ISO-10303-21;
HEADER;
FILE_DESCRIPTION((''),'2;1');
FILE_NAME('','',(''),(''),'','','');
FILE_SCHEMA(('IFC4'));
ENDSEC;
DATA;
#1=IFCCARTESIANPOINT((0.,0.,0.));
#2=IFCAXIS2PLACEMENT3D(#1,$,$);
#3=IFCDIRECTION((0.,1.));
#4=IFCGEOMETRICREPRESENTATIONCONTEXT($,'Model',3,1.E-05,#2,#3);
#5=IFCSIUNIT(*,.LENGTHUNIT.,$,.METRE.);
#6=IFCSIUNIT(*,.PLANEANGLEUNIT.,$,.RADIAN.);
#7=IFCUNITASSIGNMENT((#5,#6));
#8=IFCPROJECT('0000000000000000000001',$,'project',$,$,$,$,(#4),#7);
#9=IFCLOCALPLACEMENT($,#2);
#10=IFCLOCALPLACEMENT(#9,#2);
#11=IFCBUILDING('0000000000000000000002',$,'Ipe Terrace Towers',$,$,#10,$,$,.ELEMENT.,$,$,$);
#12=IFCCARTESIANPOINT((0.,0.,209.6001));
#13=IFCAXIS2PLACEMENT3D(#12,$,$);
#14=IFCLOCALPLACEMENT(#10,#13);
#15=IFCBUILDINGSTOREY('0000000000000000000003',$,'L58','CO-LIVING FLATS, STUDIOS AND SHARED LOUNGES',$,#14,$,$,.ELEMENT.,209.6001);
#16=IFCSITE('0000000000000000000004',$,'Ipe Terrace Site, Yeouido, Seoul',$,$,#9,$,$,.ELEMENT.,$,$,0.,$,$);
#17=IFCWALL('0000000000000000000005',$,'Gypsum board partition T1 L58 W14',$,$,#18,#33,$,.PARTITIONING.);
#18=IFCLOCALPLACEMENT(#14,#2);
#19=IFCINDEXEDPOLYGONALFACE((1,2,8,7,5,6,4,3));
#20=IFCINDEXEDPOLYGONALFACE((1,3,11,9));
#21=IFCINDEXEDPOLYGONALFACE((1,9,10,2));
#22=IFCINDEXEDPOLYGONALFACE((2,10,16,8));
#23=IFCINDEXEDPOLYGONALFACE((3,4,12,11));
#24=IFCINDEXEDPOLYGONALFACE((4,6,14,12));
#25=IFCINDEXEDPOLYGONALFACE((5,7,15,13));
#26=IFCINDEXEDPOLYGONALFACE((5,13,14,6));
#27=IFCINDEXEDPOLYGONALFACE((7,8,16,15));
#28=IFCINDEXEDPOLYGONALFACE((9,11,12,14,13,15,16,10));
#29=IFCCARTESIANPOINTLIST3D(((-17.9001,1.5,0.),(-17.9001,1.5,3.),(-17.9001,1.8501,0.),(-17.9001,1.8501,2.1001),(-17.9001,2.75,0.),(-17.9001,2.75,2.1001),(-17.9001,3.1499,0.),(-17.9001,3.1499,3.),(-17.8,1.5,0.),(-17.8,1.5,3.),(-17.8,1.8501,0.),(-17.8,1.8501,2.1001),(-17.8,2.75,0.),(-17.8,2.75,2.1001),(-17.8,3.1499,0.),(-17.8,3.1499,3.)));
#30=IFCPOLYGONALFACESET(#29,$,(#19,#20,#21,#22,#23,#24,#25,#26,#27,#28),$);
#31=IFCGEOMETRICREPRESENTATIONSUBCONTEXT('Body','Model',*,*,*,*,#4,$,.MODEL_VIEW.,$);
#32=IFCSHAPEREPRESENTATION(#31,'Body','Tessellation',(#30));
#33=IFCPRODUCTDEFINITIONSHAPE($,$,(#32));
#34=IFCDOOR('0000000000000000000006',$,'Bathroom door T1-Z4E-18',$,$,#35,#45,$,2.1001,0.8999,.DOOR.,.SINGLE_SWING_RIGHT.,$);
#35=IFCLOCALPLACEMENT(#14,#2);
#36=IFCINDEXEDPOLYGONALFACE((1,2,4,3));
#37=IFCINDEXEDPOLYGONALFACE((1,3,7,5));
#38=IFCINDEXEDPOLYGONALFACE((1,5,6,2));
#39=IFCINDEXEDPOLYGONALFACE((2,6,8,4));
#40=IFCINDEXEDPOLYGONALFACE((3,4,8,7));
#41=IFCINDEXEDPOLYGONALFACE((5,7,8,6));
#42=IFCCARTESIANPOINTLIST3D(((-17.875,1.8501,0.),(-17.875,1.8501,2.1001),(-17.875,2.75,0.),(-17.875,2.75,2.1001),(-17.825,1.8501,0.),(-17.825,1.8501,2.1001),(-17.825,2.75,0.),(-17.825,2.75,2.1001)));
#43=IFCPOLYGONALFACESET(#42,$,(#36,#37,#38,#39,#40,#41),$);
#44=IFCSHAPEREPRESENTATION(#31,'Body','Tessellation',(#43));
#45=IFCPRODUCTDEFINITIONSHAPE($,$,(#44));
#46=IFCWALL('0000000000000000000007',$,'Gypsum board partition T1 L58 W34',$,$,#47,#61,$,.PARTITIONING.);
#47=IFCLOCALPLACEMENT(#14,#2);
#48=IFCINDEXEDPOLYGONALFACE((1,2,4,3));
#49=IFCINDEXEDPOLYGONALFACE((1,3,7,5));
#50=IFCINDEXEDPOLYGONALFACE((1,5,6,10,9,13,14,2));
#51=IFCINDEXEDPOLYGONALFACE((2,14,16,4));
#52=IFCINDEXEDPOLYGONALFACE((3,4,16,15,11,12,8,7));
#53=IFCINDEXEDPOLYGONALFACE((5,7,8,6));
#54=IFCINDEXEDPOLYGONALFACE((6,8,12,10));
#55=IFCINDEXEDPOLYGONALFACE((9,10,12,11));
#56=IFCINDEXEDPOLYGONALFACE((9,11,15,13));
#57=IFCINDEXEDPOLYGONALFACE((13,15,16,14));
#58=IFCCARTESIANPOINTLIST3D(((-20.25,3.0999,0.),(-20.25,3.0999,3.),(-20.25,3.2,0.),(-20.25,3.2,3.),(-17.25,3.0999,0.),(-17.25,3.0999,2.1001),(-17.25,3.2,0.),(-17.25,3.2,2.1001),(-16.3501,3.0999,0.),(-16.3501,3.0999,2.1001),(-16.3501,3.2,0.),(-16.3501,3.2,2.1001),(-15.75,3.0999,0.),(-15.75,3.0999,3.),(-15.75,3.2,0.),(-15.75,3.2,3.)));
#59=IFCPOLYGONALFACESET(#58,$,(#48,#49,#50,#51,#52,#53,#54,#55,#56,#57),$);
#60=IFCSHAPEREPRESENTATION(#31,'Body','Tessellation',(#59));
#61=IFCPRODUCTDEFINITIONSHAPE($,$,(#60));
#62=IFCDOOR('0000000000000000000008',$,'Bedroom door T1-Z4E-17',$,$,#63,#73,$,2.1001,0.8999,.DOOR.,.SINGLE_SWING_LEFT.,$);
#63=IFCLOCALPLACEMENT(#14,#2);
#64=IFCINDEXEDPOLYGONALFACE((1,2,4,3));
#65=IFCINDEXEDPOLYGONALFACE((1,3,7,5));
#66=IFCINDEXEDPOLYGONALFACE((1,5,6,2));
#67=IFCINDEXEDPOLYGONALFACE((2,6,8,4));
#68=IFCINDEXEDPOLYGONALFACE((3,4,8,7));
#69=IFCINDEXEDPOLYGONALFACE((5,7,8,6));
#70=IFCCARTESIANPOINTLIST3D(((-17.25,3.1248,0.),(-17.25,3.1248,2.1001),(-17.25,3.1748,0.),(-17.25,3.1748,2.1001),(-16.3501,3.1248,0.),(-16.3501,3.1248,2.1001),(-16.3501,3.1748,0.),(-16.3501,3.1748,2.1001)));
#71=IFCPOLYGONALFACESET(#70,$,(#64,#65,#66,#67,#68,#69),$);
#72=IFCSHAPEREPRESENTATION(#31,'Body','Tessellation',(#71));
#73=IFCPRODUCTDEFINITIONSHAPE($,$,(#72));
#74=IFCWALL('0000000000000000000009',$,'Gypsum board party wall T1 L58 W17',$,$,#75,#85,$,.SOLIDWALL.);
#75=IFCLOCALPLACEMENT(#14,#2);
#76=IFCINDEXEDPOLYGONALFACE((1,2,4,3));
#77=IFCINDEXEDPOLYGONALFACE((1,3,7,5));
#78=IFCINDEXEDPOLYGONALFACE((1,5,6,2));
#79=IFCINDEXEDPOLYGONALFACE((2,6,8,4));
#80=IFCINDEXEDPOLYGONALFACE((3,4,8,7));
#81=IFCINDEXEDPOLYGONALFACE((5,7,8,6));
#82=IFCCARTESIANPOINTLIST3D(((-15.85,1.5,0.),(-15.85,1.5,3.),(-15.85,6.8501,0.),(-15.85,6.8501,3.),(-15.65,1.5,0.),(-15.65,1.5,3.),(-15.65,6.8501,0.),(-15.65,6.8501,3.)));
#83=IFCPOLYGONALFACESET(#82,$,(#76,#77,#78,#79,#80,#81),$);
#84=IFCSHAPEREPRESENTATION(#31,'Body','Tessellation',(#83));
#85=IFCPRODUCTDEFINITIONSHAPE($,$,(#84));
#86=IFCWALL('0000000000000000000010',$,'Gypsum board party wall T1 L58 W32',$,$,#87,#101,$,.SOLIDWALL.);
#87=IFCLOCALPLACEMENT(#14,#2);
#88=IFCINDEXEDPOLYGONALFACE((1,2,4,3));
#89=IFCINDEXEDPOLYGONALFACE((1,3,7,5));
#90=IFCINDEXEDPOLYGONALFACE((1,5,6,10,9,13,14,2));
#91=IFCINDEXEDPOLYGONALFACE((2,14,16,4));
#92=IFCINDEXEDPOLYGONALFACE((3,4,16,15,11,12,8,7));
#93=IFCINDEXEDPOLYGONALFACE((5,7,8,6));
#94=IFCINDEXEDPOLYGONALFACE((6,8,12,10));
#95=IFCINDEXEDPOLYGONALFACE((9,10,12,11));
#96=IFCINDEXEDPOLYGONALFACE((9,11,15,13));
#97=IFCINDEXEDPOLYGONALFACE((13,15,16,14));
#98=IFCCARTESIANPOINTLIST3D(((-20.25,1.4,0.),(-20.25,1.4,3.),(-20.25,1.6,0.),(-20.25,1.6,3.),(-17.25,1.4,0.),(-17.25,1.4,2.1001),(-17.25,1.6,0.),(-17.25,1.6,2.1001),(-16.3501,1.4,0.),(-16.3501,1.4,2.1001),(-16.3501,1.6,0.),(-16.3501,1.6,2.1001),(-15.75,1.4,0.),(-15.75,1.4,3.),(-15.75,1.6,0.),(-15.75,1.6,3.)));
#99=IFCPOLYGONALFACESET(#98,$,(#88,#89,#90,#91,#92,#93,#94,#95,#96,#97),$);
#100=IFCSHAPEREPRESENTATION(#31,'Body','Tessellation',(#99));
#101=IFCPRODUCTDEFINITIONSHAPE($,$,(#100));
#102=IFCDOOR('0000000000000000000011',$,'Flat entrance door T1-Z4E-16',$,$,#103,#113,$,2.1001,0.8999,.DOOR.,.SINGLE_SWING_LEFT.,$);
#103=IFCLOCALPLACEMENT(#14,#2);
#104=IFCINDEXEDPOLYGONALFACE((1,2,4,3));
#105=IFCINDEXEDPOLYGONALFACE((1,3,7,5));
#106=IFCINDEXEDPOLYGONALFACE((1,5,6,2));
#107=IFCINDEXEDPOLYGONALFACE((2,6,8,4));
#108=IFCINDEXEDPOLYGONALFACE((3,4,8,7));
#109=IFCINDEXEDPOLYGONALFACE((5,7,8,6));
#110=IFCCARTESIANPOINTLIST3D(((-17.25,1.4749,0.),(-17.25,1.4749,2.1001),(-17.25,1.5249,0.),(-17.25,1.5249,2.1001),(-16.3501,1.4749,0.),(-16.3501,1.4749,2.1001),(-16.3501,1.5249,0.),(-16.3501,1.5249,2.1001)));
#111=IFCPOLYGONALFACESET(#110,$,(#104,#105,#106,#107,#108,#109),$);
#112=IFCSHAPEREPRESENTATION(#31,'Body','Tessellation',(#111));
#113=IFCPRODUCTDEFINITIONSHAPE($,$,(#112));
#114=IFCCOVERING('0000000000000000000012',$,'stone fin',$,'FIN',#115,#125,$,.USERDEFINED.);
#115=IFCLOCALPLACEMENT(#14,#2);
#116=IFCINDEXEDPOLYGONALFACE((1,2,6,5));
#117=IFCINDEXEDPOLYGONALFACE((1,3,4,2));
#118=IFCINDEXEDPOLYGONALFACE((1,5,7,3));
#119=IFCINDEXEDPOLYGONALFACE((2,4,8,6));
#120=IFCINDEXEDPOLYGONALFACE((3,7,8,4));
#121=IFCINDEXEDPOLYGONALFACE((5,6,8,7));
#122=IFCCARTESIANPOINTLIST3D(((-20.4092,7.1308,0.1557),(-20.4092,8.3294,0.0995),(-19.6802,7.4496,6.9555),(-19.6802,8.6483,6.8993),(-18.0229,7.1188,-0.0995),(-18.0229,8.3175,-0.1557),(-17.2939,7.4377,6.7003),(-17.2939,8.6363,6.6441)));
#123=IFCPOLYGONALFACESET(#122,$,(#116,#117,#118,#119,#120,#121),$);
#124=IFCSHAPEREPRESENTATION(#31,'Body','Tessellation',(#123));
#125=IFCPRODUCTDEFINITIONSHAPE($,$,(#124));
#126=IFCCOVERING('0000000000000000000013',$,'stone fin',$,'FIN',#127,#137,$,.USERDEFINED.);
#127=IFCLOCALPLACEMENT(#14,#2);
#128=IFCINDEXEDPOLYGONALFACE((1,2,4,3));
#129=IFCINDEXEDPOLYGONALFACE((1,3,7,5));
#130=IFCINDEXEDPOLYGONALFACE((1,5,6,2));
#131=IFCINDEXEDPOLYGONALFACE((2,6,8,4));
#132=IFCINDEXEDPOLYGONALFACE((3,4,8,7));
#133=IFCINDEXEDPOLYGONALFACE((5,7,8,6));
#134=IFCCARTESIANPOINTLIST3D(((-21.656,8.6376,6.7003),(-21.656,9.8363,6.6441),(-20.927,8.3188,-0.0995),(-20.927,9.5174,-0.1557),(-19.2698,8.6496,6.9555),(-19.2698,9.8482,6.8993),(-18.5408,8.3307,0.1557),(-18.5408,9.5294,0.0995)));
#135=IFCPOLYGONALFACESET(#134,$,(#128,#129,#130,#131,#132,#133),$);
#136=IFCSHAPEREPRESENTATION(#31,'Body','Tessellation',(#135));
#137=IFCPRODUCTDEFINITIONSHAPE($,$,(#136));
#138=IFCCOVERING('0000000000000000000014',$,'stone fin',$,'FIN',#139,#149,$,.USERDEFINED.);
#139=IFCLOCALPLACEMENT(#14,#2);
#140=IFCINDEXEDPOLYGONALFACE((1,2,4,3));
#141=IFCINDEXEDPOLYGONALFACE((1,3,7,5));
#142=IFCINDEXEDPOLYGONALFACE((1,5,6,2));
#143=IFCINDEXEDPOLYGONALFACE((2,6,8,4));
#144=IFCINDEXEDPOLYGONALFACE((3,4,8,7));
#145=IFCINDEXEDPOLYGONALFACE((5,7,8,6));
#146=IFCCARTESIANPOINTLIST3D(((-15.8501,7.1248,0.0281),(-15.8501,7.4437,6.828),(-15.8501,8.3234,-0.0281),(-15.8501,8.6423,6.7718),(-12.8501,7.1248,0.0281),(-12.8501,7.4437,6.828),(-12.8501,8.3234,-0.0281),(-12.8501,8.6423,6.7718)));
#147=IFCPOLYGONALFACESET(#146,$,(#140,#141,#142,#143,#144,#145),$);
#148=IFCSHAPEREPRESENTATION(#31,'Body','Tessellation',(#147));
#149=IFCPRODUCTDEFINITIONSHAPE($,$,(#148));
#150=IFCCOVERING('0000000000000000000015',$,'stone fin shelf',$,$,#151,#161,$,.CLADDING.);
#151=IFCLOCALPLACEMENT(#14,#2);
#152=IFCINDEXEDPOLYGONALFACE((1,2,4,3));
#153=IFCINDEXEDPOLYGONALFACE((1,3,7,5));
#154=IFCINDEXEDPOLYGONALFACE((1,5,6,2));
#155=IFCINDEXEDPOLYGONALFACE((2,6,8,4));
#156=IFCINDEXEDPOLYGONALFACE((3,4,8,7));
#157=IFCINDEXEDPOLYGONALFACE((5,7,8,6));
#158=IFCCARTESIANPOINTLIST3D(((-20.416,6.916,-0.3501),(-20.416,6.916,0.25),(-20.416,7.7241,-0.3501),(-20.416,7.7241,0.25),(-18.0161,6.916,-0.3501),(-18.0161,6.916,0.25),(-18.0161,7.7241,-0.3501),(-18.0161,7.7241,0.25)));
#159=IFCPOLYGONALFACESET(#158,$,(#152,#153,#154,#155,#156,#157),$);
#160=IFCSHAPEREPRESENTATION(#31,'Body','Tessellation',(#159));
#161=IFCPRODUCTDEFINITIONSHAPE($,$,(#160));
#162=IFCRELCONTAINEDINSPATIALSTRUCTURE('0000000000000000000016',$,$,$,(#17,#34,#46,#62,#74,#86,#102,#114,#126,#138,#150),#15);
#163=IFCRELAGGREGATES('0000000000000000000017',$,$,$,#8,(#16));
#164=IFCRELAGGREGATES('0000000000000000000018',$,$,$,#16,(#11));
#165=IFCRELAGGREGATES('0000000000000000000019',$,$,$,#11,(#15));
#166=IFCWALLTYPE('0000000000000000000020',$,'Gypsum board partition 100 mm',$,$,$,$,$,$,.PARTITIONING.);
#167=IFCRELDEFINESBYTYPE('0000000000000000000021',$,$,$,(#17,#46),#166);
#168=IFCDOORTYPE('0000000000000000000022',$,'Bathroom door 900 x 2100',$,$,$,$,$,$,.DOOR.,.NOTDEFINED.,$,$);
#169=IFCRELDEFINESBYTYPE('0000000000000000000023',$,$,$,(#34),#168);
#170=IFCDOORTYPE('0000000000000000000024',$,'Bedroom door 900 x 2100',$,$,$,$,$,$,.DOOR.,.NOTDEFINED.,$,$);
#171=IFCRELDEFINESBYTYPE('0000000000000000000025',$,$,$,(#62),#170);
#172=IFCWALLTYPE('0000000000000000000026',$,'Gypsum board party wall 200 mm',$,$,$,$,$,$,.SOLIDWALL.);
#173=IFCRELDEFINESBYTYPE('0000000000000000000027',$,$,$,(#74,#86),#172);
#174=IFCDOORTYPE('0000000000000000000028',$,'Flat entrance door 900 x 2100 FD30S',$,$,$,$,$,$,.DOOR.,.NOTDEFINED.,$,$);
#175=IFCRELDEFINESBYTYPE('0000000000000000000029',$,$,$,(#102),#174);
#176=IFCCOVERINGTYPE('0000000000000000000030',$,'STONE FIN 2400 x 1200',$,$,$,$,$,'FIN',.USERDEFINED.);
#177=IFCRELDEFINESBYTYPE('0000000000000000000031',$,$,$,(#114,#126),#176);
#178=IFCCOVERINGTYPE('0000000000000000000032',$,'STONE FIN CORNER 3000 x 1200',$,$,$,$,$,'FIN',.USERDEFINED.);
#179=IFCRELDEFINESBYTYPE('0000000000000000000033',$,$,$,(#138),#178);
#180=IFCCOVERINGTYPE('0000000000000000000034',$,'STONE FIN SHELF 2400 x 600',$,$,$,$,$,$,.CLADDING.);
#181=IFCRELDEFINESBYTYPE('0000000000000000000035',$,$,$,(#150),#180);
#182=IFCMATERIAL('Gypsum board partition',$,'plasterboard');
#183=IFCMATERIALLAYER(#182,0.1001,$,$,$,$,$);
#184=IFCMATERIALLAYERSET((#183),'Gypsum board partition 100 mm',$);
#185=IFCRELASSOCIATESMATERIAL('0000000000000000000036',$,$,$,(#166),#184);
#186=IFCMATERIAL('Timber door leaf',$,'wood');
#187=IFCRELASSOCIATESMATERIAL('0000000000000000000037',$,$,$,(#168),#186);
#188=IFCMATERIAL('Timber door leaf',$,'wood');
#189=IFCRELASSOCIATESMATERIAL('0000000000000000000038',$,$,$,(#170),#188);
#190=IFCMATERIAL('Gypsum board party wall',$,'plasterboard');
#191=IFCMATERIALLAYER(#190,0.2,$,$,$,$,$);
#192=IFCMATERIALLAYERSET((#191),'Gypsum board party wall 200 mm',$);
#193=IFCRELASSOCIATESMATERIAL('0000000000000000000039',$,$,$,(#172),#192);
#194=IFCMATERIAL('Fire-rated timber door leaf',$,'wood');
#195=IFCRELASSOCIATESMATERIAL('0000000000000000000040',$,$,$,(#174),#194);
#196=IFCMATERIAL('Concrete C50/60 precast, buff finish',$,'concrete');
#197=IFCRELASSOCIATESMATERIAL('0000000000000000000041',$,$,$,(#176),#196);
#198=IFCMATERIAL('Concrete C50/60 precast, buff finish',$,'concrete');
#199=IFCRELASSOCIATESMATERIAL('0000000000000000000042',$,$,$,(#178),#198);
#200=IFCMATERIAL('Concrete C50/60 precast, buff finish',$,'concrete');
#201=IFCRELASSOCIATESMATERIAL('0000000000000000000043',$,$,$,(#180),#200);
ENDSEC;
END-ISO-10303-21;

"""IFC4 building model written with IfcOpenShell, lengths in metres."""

from ifc_helpers import new_model, si_unit, direction, frame, frame_2d, origin, origin_2d, place, context, subcontext, project, spatial, rectangle, extrude, material, layer, layer_set, material_profile, profile_set, type_object, element, fill, save


model = new_model("IFC4")

# Units and contexts
model_context = context("Model", 3, precision=1e-05, world=origin(), true_north=direction((0.0, 1.0)))
body_context = subcontext(model_context, "Body", "Model", "MODEL_VIEW")
ifc_project = project(units=[si_unit("LENGTHUNIT", "METRE"), si_unit("PLANEANGLEUNIT", "RADIAN")], contexts=[model_context])

# Site, building, storey
site_placement = place(None, origin())
site = spatial("IfcSite", under=ifc_project, at=site_placement, Name="Ipe Terrace Site, Yeouido, Seoul", CompositionType="ELEMENT", RefElevation=0.0)
building_placement = place(site_placement, origin())
building = spatial("IfcBuilding", under=site, at=building_placement, Name="Ipe Terrace Towers", CompositionType="ELEMENT")
storey_placement = place(building_placement, frame((0.0, 0.0, 209.6001)))
storey = spatial("IfcBuildingStorey", under=building, at=storey_placement, Name="L58", Description="CO-LIVING FLATS, STUDIOS AND SHARED LOUNGES", CompositionType="ELEMENT", Elevation=209.6001)

# Walls, openings, doors
ifc_material_1 = material(Name="Gypsum board partition", Category="plasterboard")
ifc_layer_1 = layer(ifc_material_1, 0.1001)
ifc_layer_set_1 = layer_set([ifc_layer_1], Name="Gypsum board partition 100 mm")
wall_type_1 = type_object("IfcWallType", Name="Gypsum board partition 100 mm", PredefinedType="PARTITIONING", material=ifc_layer_set_1)
wall_1_placement = place(storey_placement, frame((-17.8501, 1.5, 0.0), z_axis=(0.0, 0.0, 1.0), x_axis=(0.0, 1.0, 0.0)))
wall_1 = element("IfcWall", 1, at=wall_1_placement, inside=storey, type_object=wall_type_1, Name="Gypsum board partition T1 L58 W14", PredefinedType="PARTITIONING", context=body_context, shape_type="SweptSolid", body=[
    extrude(rectangle(XDim=1.6499, YDim=0.1001, at=frame_2d((0.825, 0.0))), origin(), (0.0, 0.0, 1.0), 3.0),
])
opening_1_placement = place(wall_1_placement, frame((0.3501, 0.0, 0.0)))
opening_1 = element("IfcOpeningElement", 2, at=opening_1_placement, cuts=wall_1, PredefinedType="OPENING", context=body_context, shape_type="SweptSolid", body=[
    extrude(rectangle(XDim=0.8999, YDim=2.1001, at=frame_2d((0.45, 1.05))), frame((0.0, 0.0601, 0.0), z_axis=(0.0, -1.0, 0.0), x_axis=(1.0, 0.0, 0.0)), (0.0, 0.0, 1.0), 0.1201),
])
ifc_material_2 = material(Name="Timber door leaf", Category="wood")
door_type_1 = type_object("IfcDoorType", Name="Bathroom door 900 x 2100", OperationType="NOTDEFINED", PredefinedType="DOOR", material=ifc_material_2)
door_1_placement = place(opening_1_placement, origin())
door_1 = element("IfcDoor", 3, at=door_1_placement, inside=storey, type_object=door_type_1, Name="Bathroom door T1-Z4E-18", OperationType="SINGLE_SWING_RIGHT", OverallHeight=2.1001, OverallWidth=0.8999, PredefinedType="DOOR", context=body_context, shape_type="SweptSolid", body=[
    extrude(rectangle(XDim=0.8999, YDim=2.1001, at=frame_2d((0.45, 1.05))), frame((0.0, 0.0249, 0.0), z_axis=(0.0, -1.0, 0.0), x_axis=(1.0, 0.0, 0.0)), (0.0, 0.0, 1.0), 0.05),
])
fill(opening_1, door_1)
wall_2_placement = place(storey_placement, frame((-20.25, 3.1499, 0.0), z_axis=(0.0, 0.0, 1.0), x_axis=(1.0, 0.0, 0.0)))
wall_2 = element("IfcWall", 4, at=wall_2_placement, inside=storey, type_object=wall_type_1, Name="Gypsum board partition T1 L58 W34", PredefinedType="PARTITIONING", context=body_context, shape_type="SweptSolid", body=[
    extrude(rectangle(XDim=4.5, YDim=0.1001, at=frame_2d((2.25, 0.0))), origin(), (0.0, 0.0, 1.0), 3.0),
])
opening_2_placement = place(wall_2_placement, frame((3.0, 0.0, 0.0)))
opening_2 = element("IfcOpeningElement", 5, at=opening_2_placement, cuts=wall_2, PredefinedType="OPENING", context=body_context, shape_type="SweptSolid", body=[
    extrude(rectangle(XDim=0.8999, YDim=2.1001, at=frame_2d((0.45, 1.05))), frame((0.0, 0.0601, 0.0), z_axis=(0.0, -1.0, 0.0), x_axis=(1.0, 0.0, 0.0)), (0.0, 0.0, 1.0), 0.1201),
])
ifc_material_3 = material(Name="Timber door leaf", Category="wood")
door_type_2 = type_object("IfcDoorType", Name="Bedroom door 900 x 2100", OperationType="NOTDEFINED", PredefinedType="DOOR", material=ifc_material_3)
door_2_placement = place(opening_2_placement, origin())
door_2 = element("IfcDoor", 6, at=door_2_placement, inside=storey, type_object=door_type_2, Name="Bedroom door T1-Z4E-17", OperationType="SINGLE_SWING_LEFT", OverallHeight=2.1001, OverallWidth=0.8999, PredefinedType="DOOR", context=body_context, shape_type="SweptSolid", body=[
    extrude(rectangle(XDim=0.8999, YDim=2.1001, at=frame_2d((0.45, 1.05))), frame((0.0, 0.0249, 0.0), z_axis=(0.0, -1.0, 0.0), x_axis=(1.0, 0.0, 0.0)), (0.0, 0.0, 1.0), 0.05),
])
fill(opening_2, door_2)

# Wall
ifc_material_4 = material(Name="Gypsum board party wall", Category="plasterboard")
ifc_layer_2 = layer(ifc_material_4, 0.2)
ifc_layer_set_2 = layer_set([ifc_layer_2], Name="Gypsum board party wall 200 mm")
wall_type_2 = type_object("IfcWallType", Name="Gypsum board party wall 200 mm", PredefinedType="SOLIDWALL", material=ifc_layer_set_2)
wall_3_placement = place(storey_placement, frame((-15.75, 1.5, 0.0), z_axis=(0.0, 0.0, 1.0), x_axis=(0.0, 1.0, 0.0)))
element("IfcWall", 7, at=wall_3_placement, inside=storey, type_object=wall_type_2, Name="Gypsum board party wall T1 L58 W17", PredefinedType="SOLIDWALL", context=body_context, shape_type="SweptSolid", body=[
    extrude(rectangle(XDim=5.3501, YDim=0.2, at=frame_2d((2.675, 0.0))), origin(), (0.0, 0.0, 1.0), 3.0),
])

# Wall, opening, door
wall_4_placement = place(storey_placement, frame((-20.25, 1.5, 0.0), z_axis=(0.0, 0.0, 1.0), x_axis=(1.0, 0.0, 0.0)))
wall_4 = element("IfcWall", 8, at=wall_4_placement, inside=storey, type_object=wall_type_2, Name="Gypsum board party wall T1 L58 W32", PredefinedType="SOLIDWALL", context=body_context, shape_type="SweptSolid", body=[
    extrude(rectangle(XDim=4.5, YDim=0.2, at=frame_2d((2.25, 0.0))), origin(), (0.0, 0.0, 1.0), 3.0),
])
opening_3_placement = place(wall_4_placement, frame((3.0, 0.0, 0.0)))
opening_3 = element("IfcOpeningElement", 9, at=opening_3_placement, cuts=wall_4, PredefinedType="OPENING", context=body_context, shape_type="SweptSolid", body=[
    extrude(rectangle(XDim=0.8999, YDim=2.1001, at=frame_2d((0.45, 1.05))), frame((0.0, 0.1099, 0.0), z_axis=(0.0, -1.0, 0.0), x_axis=(1.0, 0.0, 0.0)), (0.0, 0.0, 1.0), 0.22),
])
ifc_material_5 = material(Name="Fire-rated timber door leaf", Category="wood")
door_type_3 = type_object("IfcDoorType", Name="Flat entrance door 900 x 2100 FD30S", OperationType="NOTDEFINED", PredefinedType="DOOR", material=ifc_material_5)
door_3_placement = place(opening_3_placement, origin())
door_3 = element("IfcDoor", 10, at=door_3_placement, inside=storey, type_object=door_type_3, Name="Flat entrance door T1-Z4E-16", OperationType="SINGLE_SWING_LEFT", OverallHeight=2.1001, OverallWidth=0.8999, PredefinedType="DOOR", context=body_context, shape_type="SweptSolid", body=[
    extrude(rectangle(XDim=0.8999, YDim=2.1001, at=frame_2d((0.45, 1.05))), frame((0.0, 0.0249, 0.0), z_axis=(0.0, -1.0, 0.0), x_axis=(1.0, 0.0, 0.0)), (0.0, 0.0, 1.0), 0.05),
])
fill(opening_3, door_3)

# Coverings
ifc_material_6 = material(Name="Concrete C50/60 precast, buff finish", Category="concrete")
ifc_material_profile_1 = material_profile(ifc_material_6, rectangle(XDim=2.3999, YDim=1.2, at=origin_2d()), Name="STONE FIN 2400 x 1200")
ifc_profile_set_1 = profile_set([ifc_material_profile_1], Name="Concrete C50/60 precast, buff finish")
covering_type_1 = type_object("IfcCoveringType", Name="STONE FIN 2400 x 1200", ElementType="FIN", PredefinedType="USERDEFINED", material=ifc_profile_set_1)
for number, where, z_axis, x_axis, name in (
    (11, (-19.2161, 7.7241, 0.0), (0.106483, 0.046573, 0.993223), (-0.994315, 0.004988, 0.106366), "stone fin"),
    (12, (-19.7339, 8.9241, 0.0), (-0.106483, 0.046573, 0.993223), (-0.994315, -0.004988, -0.106366), "stone fin"),
):
    element("IfcCovering", number, at=place(storey_placement, frame(where, z_axis=z_axis, x_axis=x_axis)), inside=storey, type_object=covering_type_1, Name=name, ObjectType="FIN", PredefinedType="USERDEFINED", context=body_context, shape_type="SweptSolid", body=[
        extrude(rectangle(XDim=2.3999, YDim=1.2, at=origin_2d()), origin(), (0.0, 0.0, 1.0), 6.8462),
    ])
ifc_material_7 = material(Name="Concrete C50/60 precast, buff finish", Category="concrete")
ifc_material_profile_2 = material_profile(ifc_material_7, rectangle(XDim=3.0, YDim=1.2, at=origin_2d()), Name="STONE FIN CORNER 3000 x 1200")
ifc_profile_set_2 = profile_set([ifc_material_profile_2], Name="Concrete C50/60 precast, buff finish")
covering_type_2 = type_object("IfcCoveringType", Name="STONE FIN CORNER 3000 x 1200", ElementType="FIN", PredefinedType="USERDEFINED", material=ifc_profile_set_2)
covering_1_placement = place(storey_placement, frame((-14.3501, 7.7241, 0.0), z_axis=(0.0, 0.046839, 0.998902), x_axis=(-1.0, 0.0, 0.0)))
element("IfcCovering", 13, at=covering_1_placement, inside=storey, type_object=covering_type_2, Name="stone fin", ObjectType="FIN", PredefinedType="USERDEFINED", context=body_context, shape_type="SweptSolid", body=[
    extrude(rectangle(XDim=3.0, YDim=1.2, at=origin_2d()), origin(), (0.0, 0.0, 1.0), 6.8074),
])
ifc_material_8 = material(Name="Concrete C50/60 precast, buff finish", Category="concrete")
covering_type_3 = type_object("IfcCoveringType", Name="STONE FIN SHELF 2400 x 600", PredefinedType="CLADDING", material=ifc_material_8)
covering_2_placement = place(storey_placement, frame((-19.2161, 7.3201, -0.3501), z_axis=(0.0, 0.0, 1.0), x_axis=(-1.0, 0.0, 0.0)))
element("IfcCovering", 14, at=covering_2_placement, inside=storey, type_object=covering_type_3, Name="stone fin shelf", PredefinedType="CLADDING", context=body_context, shape_type="SweptSolid", body=[
    extrude(rectangle(XDim=2.3999, YDim=0.8081, at=origin_2d()), origin(), (0.0, 0.0, 1.0), 0.6001),
])

save(model, "model.ifc")
